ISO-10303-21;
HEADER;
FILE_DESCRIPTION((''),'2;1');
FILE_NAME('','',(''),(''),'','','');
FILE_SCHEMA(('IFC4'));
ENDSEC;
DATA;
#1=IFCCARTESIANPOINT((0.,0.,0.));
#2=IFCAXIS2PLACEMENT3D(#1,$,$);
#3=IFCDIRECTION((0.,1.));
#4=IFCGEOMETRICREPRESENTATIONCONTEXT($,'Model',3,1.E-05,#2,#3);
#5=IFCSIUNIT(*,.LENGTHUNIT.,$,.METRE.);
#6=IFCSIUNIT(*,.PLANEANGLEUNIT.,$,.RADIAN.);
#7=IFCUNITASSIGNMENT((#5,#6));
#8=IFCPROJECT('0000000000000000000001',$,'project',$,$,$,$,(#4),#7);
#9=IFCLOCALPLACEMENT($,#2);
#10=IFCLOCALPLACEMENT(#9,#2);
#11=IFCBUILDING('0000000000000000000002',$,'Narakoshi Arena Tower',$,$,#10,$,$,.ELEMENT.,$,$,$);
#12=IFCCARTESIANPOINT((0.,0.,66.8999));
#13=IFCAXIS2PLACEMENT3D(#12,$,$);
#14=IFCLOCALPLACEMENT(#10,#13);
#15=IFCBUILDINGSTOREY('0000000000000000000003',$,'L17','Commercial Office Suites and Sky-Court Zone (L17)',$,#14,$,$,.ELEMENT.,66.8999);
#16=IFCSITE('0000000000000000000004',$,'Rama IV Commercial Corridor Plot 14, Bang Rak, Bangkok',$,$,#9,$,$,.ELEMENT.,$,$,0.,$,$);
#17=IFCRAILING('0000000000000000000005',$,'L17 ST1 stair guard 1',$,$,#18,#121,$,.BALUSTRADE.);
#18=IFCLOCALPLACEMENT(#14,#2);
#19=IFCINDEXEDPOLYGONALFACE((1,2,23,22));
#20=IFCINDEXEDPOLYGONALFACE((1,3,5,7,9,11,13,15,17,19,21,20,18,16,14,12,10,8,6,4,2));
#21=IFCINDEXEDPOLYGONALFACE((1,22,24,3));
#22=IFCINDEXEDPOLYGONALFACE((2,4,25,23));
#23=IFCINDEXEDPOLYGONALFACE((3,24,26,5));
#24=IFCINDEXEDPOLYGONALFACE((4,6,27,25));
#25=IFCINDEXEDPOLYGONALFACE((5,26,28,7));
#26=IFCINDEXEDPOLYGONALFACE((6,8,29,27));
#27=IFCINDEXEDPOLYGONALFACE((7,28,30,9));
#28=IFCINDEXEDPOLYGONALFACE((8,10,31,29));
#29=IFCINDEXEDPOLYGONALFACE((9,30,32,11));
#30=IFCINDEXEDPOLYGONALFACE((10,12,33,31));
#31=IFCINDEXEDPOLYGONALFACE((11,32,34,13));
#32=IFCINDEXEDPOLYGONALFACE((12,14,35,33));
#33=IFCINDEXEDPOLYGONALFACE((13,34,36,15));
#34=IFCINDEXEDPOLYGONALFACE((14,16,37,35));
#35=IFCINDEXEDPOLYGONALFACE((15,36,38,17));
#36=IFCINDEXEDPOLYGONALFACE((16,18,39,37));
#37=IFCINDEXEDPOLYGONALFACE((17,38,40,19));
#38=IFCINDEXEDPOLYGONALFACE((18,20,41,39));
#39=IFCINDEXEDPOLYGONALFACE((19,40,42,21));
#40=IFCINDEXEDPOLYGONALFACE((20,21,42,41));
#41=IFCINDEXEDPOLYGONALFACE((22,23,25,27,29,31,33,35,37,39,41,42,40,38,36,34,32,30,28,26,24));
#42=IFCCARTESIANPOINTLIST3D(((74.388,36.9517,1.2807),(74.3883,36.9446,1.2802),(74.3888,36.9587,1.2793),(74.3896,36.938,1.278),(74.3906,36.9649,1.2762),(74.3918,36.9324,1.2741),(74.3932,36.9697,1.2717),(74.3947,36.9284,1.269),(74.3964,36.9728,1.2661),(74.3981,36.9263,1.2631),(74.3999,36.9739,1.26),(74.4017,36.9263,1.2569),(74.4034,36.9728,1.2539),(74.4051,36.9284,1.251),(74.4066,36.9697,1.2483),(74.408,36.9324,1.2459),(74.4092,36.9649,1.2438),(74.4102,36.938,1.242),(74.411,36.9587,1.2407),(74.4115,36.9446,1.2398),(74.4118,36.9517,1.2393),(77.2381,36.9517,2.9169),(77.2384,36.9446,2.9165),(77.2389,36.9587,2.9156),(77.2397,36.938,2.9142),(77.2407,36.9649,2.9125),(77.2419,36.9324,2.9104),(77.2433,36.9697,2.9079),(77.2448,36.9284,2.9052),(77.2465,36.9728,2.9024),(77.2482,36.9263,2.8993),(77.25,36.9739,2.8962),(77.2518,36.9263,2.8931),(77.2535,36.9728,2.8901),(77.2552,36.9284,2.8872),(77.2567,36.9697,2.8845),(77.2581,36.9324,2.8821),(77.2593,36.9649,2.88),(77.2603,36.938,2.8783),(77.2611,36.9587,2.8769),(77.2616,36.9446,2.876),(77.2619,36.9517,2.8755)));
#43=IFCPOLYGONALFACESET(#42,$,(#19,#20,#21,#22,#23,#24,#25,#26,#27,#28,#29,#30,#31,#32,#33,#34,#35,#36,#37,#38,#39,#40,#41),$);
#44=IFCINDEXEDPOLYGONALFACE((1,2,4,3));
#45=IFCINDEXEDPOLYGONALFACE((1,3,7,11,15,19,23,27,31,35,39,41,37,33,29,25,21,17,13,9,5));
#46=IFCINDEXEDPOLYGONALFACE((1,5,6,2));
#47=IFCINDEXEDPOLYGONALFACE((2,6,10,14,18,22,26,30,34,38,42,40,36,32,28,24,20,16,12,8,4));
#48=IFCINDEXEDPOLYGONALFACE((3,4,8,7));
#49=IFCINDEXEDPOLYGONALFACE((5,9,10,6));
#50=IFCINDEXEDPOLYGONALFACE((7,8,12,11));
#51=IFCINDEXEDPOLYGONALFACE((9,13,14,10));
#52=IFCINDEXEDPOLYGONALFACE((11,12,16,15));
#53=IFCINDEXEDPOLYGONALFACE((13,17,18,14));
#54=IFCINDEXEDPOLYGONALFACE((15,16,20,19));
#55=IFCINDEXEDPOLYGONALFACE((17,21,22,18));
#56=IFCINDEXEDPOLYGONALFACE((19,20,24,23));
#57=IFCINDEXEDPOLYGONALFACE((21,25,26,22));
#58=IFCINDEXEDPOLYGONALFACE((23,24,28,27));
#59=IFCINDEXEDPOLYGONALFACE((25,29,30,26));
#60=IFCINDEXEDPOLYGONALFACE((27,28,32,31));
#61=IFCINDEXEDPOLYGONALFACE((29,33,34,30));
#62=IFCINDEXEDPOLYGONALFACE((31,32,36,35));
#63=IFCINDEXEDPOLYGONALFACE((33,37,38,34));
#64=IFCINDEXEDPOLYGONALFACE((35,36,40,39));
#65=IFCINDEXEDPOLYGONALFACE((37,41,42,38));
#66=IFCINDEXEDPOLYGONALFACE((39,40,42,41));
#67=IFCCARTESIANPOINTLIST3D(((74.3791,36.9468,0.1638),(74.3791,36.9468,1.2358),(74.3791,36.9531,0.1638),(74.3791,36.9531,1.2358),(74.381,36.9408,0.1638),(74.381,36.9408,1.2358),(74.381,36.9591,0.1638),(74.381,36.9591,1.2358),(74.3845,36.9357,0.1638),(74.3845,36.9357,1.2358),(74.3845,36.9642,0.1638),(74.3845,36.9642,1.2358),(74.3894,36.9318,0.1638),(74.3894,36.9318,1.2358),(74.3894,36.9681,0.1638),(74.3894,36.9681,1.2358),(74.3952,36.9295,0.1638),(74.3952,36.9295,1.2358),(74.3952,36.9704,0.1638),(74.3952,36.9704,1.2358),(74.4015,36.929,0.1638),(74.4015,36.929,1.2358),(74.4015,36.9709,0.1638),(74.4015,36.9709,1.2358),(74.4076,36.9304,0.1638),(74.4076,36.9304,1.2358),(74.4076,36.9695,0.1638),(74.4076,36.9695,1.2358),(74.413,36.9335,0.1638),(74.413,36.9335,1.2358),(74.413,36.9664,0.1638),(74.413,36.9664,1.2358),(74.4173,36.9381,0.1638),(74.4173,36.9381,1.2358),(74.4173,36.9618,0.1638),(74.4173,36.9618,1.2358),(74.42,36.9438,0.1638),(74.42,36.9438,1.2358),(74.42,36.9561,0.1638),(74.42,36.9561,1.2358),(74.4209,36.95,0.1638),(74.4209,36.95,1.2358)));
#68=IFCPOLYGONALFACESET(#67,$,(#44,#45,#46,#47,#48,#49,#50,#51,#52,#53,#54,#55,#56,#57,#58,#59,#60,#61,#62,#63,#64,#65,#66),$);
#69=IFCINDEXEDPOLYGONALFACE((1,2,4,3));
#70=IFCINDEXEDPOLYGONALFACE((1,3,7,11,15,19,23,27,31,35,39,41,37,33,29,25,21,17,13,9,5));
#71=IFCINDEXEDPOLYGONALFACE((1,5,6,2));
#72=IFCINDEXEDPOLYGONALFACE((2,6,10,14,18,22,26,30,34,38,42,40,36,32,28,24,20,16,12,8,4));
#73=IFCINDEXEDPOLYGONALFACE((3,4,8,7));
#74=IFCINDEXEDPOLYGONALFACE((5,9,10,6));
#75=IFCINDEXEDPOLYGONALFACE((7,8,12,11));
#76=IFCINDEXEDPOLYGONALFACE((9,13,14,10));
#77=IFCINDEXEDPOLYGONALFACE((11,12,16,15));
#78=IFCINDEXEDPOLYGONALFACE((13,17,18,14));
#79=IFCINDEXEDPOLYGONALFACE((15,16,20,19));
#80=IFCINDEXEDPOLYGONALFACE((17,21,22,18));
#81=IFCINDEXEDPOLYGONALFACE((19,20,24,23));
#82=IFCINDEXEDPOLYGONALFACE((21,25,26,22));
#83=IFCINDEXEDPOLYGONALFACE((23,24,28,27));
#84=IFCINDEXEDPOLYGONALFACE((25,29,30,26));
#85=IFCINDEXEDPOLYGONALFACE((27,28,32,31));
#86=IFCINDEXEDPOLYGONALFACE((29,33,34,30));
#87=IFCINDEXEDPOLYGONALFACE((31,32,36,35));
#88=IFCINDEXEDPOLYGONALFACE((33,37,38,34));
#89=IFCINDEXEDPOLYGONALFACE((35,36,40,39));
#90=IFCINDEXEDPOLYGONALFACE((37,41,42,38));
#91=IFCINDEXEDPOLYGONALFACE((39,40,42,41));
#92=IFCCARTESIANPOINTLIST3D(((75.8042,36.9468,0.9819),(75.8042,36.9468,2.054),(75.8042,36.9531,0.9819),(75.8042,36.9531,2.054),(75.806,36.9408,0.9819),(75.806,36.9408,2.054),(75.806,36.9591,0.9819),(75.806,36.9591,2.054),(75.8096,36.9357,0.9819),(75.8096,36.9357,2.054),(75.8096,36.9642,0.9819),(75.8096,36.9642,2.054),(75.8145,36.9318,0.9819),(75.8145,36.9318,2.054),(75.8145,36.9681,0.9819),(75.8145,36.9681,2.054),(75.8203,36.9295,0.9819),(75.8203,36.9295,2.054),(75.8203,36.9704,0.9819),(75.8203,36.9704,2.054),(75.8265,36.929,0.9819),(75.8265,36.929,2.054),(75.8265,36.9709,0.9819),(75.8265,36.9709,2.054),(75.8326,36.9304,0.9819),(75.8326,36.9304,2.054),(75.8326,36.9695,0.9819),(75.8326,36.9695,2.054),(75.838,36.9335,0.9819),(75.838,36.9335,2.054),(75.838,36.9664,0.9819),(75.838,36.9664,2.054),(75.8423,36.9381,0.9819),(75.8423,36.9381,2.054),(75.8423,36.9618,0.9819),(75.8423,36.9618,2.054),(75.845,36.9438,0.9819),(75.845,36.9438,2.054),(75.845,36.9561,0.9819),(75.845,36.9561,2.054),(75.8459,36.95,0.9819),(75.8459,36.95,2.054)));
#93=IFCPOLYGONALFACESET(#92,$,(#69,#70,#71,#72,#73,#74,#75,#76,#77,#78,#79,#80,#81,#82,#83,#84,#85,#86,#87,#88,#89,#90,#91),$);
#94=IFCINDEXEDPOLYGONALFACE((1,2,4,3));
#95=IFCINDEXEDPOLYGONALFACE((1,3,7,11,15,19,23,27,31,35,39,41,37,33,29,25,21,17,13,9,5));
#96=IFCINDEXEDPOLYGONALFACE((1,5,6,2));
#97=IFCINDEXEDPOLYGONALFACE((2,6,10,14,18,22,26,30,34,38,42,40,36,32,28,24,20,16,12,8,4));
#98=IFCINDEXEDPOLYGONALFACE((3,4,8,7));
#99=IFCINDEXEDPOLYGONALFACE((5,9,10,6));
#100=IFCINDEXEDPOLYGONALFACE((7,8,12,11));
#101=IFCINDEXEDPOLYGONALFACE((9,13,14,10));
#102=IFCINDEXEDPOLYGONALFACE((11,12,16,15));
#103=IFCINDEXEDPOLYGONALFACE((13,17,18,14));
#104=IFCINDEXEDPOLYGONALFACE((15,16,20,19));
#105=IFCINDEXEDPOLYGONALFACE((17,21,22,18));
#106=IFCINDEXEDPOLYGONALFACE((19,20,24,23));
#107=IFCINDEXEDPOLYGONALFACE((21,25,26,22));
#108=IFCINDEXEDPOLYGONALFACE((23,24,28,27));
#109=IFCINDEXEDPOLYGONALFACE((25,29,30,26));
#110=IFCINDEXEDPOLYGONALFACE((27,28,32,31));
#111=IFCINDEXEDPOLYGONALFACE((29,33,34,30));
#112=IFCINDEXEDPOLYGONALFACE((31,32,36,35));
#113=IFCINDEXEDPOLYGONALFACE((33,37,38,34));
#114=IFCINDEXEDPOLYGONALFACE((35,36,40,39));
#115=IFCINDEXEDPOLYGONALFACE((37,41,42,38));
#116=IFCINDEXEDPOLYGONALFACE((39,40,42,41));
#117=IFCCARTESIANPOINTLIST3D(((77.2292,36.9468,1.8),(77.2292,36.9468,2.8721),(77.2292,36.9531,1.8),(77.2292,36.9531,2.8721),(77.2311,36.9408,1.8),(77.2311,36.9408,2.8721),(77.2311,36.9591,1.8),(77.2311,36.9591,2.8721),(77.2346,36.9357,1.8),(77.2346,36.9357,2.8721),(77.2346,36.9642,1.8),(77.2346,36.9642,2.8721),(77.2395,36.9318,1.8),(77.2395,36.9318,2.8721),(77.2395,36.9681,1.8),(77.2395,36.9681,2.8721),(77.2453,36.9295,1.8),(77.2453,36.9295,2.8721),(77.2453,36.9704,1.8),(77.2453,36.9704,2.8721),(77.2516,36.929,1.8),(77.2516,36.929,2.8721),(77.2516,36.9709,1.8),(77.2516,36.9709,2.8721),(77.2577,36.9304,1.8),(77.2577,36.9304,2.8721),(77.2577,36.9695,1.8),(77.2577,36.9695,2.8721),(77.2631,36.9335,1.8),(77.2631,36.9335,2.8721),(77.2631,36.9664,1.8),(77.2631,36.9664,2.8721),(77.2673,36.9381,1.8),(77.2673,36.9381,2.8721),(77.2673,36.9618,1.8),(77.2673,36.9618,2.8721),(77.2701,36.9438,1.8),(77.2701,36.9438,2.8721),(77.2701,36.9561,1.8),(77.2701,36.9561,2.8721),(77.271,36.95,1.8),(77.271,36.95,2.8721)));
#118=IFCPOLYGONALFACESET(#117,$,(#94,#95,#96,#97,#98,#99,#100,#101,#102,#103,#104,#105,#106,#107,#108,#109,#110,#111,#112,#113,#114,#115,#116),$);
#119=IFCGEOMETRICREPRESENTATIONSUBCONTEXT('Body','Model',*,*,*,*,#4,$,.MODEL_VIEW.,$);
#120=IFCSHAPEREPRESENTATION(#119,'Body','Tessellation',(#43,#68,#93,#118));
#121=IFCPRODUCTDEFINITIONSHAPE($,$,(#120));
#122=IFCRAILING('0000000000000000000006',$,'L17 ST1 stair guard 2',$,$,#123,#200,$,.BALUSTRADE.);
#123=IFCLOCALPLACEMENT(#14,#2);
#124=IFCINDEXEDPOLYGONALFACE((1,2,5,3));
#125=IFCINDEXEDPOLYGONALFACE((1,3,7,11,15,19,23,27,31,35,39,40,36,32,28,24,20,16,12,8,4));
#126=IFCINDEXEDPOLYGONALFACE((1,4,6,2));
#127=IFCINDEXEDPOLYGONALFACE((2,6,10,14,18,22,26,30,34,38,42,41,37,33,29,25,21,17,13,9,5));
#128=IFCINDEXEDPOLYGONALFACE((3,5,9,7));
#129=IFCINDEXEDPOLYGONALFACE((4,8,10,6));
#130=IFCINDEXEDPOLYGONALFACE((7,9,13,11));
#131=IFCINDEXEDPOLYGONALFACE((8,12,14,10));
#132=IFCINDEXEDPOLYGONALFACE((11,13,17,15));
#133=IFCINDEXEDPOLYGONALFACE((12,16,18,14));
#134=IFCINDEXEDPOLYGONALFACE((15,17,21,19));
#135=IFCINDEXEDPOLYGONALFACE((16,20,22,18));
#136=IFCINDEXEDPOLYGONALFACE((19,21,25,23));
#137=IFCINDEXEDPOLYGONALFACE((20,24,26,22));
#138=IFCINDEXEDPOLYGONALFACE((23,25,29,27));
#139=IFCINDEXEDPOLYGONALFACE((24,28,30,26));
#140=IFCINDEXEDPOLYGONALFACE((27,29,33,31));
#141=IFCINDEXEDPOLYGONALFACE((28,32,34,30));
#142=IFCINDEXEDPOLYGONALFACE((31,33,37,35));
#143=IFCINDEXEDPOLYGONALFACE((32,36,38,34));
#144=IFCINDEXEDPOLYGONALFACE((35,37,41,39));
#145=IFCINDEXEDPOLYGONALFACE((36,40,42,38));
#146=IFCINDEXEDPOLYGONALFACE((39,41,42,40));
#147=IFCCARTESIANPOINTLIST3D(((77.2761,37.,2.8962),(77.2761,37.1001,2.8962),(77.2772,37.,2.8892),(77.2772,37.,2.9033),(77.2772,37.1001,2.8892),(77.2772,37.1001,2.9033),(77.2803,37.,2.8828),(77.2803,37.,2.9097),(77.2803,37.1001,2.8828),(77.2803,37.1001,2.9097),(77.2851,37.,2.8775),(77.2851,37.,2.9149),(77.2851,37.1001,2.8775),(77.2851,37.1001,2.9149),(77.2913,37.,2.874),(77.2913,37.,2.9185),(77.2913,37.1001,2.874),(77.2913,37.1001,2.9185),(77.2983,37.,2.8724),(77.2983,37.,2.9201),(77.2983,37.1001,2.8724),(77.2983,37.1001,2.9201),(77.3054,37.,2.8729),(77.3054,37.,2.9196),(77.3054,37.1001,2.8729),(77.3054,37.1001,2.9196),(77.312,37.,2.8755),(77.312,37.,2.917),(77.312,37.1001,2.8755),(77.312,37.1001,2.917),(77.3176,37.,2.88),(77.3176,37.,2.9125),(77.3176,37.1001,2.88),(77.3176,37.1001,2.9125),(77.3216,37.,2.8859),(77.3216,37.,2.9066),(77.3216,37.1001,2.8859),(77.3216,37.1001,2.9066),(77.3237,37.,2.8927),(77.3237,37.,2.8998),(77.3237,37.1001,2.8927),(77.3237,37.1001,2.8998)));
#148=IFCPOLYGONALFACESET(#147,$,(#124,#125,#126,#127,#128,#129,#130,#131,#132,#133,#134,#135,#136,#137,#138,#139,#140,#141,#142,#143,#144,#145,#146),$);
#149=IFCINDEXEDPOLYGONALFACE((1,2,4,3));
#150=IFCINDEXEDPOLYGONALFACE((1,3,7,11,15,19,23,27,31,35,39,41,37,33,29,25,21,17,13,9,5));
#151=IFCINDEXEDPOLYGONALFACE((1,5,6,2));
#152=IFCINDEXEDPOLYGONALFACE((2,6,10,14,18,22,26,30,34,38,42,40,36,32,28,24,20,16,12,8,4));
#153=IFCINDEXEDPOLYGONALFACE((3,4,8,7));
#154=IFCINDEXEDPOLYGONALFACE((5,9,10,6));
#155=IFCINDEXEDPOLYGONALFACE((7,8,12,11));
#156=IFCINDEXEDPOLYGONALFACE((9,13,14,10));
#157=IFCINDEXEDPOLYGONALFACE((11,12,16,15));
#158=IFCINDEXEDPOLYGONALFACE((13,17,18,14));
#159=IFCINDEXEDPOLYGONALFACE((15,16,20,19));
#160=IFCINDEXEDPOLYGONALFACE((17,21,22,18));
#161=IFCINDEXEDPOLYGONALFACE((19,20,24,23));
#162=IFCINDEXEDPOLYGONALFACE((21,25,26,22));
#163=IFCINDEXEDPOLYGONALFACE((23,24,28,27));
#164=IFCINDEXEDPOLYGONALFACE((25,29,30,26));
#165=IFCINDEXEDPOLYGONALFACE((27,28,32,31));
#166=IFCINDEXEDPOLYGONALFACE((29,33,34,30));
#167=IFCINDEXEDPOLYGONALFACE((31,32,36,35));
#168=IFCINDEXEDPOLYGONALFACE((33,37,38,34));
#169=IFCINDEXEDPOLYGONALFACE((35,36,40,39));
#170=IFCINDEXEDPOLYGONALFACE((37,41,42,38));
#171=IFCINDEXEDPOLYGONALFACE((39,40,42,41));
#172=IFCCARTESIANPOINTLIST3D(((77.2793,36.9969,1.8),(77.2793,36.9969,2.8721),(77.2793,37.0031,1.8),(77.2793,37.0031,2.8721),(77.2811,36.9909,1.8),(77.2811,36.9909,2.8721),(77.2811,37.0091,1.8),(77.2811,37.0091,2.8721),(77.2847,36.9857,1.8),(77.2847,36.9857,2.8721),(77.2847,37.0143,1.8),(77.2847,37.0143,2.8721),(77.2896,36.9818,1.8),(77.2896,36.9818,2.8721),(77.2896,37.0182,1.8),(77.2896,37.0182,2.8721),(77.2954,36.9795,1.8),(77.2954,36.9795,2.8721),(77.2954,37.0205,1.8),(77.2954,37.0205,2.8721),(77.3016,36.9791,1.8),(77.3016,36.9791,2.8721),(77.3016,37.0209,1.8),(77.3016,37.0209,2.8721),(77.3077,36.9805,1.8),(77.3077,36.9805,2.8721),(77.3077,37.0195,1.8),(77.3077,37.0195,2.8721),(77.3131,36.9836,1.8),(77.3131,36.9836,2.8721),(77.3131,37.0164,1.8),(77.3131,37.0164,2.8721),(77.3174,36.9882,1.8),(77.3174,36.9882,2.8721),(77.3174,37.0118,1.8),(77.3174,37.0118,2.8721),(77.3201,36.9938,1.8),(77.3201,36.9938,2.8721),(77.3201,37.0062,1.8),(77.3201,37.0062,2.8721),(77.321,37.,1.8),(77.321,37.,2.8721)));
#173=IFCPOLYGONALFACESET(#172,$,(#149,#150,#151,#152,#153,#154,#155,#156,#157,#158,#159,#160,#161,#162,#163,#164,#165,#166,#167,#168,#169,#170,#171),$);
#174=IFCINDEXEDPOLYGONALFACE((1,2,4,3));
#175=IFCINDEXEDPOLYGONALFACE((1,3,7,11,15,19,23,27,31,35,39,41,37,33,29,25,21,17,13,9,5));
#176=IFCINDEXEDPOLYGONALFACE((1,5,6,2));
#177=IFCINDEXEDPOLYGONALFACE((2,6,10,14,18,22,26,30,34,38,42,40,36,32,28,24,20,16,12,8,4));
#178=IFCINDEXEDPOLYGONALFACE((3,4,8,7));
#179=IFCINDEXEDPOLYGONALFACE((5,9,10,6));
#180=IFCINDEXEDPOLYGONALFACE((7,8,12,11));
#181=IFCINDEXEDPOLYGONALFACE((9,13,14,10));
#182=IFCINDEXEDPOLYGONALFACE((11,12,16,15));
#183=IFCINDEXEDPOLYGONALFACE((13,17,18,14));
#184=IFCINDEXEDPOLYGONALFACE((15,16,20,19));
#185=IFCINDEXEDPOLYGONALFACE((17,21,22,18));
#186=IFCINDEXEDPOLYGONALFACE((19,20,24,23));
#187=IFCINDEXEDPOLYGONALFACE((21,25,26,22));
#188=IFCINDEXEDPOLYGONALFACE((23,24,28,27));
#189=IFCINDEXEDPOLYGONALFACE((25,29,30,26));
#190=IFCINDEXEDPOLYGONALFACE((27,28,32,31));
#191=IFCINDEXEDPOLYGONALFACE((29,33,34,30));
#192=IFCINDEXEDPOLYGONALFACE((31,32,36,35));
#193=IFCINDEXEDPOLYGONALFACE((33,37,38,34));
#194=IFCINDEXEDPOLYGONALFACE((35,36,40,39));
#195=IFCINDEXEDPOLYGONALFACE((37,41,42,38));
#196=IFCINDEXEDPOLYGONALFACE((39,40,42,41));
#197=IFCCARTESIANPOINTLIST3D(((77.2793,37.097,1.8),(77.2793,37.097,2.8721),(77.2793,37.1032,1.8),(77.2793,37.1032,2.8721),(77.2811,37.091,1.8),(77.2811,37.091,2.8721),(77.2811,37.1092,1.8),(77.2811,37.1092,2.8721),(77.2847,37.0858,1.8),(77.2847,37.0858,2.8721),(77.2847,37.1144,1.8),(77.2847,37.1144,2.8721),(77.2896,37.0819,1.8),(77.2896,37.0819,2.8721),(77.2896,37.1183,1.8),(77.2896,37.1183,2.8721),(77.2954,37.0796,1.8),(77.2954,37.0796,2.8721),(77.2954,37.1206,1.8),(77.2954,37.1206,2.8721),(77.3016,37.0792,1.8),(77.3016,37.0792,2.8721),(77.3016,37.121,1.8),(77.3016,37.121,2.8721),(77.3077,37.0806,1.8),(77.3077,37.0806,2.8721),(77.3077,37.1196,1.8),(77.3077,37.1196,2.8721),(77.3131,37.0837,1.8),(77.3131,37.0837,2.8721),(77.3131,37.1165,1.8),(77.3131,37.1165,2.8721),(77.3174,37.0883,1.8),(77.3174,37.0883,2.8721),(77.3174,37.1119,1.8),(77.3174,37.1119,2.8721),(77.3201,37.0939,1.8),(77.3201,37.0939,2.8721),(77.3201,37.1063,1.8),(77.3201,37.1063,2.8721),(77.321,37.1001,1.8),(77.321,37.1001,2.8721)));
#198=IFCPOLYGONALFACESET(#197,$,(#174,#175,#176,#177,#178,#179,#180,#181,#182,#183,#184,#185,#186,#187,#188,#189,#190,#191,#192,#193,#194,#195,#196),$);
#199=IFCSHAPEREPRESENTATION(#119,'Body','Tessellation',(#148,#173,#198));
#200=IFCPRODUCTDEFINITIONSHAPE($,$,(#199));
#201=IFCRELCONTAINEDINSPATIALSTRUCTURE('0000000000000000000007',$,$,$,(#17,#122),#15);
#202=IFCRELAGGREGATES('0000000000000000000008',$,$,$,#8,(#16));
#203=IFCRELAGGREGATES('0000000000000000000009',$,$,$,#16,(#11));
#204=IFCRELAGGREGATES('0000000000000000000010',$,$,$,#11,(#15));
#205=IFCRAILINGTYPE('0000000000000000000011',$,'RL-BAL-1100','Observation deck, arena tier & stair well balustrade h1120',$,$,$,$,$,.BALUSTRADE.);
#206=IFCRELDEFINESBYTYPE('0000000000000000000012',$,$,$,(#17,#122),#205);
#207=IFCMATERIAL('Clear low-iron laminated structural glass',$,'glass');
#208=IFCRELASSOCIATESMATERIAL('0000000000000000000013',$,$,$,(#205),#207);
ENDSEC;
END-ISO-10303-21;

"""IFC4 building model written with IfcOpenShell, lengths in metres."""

from ifc_helpers import new_model, si_unit, direction, frame, origin, origin_2d, place, context, subcontext, project, spatial, circle, extrude, material, type_object, element, save


model = new_model("IFC4")

# Units and contexts
model_context = context("Model", 3, precision=1e-05, world=origin(), true_north=direction((0.0, 1.0)))
body_context = subcontext(model_context, "Body", "Model", "MODEL_VIEW")
ifc_project = project(units=[si_unit("LENGTHUNIT", "METRE"), si_unit("PLANEANGLEUNIT", "RADIAN")], contexts=[model_context])

# Site, building, storey
site_placement = place(None, origin())
site = spatial("IfcSite", under=ifc_project, at=site_placement, Name="Rama IV Commercial Corridor Plot 14, Bang Rak, Bangkok", CompositionType="ELEMENT", RefElevation=0.0)
building_placement = place(site_placement, origin())
building = spatial("IfcBuilding", under=site, at=building_placement, Name="Narakoshi Arena Tower", CompositionType="ELEMENT")
storey_placement = place(building_placement, frame((0.0, 0.0, 66.8999)))
storey = spatial("IfcBuildingStorey", under=building, at=storey_placement, Name="L17", Description="Commercial Office Suites and Sky-Court Zone (L17)", CompositionType="ELEMENT", Elevation=66.8999)

# Railings
ifc_material_1 = material(Name="Clear low-iron laminated structural glass", Category="glass")
railing_type_1 = type_object("IfcRailingType", Name="RL-BAL-1100", Description="Observation deck, arena tier & stair well balustrade h1120", PredefinedType="BALUSTRADE", material=ifc_material_1)
railing_1_placement = place(storey_placement, frame((74.3999, 36.95, 0.1638)))
element("IfcRailing", 1, at=railing_1_placement, inside=storey, type_object=railing_type_1, Name="L17 ST1 stair guard 1", PredefinedType="BALUSTRADE", context=body_context, shape_type="SweptSolid", body=[
    extrude(circle(Radius=0.0239, at=origin_2d()), frame((0.0, 0.0, 1.0962), z_axis=(0.867245, 0.0, 0.497882), x_axis=(0.0, 1.0, 0.0)), (0.0, 0.0, 1.0), 3.2864),
    extrude(circle(Radius=0.021, at=origin_2d()), origin(), (0.0, 0.0, 1.0), 1.072),
    extrude(circle(Radius=0.021, at=origin_2d()), frame((1.425, 0.0, 0.8181)), (0.0, 0.0, 1.0), 1.072),
    extrude(circle(Radius=0.021, at=origin_2d()), frame((2.8501, 0.0, 1.6362)), (0.0, 0.0, 1.0), 1.072),
])
railing_2_placement = place(storey_placement, frame((77.3, 37.0, 1.8)))
element("IfcRailing", 2, at=railing_2_placement, inside=storey, type_object=railing_type_1, Name="L17 ST1 stair guard 2", PredefinedType="BALUSTRADE", context=body_context, shape_type="SweptSolid", body=[
    extrude(circle(Radius=0.0239, at=origin_2d()), frame((0.0, 0.0, 1.0962), z_axis=(0.0, 1.0, 0.0), x_axis=(-1.0, 0.0, 0.0)), (0.0, 0.0, 1.0), 0.1001),
    extrude(circle(Radius=0.021, at=origin_2d()), origin(), (0.0, 0.0, 1.0), 1.072),
    extrude(circle(Radius=0.021, at=origin_2d()), frame((0.0, 0.1001, 0.0)), (0.0, 0.0, 1.0), 1.072),
])

save(model, "model.ifc")
